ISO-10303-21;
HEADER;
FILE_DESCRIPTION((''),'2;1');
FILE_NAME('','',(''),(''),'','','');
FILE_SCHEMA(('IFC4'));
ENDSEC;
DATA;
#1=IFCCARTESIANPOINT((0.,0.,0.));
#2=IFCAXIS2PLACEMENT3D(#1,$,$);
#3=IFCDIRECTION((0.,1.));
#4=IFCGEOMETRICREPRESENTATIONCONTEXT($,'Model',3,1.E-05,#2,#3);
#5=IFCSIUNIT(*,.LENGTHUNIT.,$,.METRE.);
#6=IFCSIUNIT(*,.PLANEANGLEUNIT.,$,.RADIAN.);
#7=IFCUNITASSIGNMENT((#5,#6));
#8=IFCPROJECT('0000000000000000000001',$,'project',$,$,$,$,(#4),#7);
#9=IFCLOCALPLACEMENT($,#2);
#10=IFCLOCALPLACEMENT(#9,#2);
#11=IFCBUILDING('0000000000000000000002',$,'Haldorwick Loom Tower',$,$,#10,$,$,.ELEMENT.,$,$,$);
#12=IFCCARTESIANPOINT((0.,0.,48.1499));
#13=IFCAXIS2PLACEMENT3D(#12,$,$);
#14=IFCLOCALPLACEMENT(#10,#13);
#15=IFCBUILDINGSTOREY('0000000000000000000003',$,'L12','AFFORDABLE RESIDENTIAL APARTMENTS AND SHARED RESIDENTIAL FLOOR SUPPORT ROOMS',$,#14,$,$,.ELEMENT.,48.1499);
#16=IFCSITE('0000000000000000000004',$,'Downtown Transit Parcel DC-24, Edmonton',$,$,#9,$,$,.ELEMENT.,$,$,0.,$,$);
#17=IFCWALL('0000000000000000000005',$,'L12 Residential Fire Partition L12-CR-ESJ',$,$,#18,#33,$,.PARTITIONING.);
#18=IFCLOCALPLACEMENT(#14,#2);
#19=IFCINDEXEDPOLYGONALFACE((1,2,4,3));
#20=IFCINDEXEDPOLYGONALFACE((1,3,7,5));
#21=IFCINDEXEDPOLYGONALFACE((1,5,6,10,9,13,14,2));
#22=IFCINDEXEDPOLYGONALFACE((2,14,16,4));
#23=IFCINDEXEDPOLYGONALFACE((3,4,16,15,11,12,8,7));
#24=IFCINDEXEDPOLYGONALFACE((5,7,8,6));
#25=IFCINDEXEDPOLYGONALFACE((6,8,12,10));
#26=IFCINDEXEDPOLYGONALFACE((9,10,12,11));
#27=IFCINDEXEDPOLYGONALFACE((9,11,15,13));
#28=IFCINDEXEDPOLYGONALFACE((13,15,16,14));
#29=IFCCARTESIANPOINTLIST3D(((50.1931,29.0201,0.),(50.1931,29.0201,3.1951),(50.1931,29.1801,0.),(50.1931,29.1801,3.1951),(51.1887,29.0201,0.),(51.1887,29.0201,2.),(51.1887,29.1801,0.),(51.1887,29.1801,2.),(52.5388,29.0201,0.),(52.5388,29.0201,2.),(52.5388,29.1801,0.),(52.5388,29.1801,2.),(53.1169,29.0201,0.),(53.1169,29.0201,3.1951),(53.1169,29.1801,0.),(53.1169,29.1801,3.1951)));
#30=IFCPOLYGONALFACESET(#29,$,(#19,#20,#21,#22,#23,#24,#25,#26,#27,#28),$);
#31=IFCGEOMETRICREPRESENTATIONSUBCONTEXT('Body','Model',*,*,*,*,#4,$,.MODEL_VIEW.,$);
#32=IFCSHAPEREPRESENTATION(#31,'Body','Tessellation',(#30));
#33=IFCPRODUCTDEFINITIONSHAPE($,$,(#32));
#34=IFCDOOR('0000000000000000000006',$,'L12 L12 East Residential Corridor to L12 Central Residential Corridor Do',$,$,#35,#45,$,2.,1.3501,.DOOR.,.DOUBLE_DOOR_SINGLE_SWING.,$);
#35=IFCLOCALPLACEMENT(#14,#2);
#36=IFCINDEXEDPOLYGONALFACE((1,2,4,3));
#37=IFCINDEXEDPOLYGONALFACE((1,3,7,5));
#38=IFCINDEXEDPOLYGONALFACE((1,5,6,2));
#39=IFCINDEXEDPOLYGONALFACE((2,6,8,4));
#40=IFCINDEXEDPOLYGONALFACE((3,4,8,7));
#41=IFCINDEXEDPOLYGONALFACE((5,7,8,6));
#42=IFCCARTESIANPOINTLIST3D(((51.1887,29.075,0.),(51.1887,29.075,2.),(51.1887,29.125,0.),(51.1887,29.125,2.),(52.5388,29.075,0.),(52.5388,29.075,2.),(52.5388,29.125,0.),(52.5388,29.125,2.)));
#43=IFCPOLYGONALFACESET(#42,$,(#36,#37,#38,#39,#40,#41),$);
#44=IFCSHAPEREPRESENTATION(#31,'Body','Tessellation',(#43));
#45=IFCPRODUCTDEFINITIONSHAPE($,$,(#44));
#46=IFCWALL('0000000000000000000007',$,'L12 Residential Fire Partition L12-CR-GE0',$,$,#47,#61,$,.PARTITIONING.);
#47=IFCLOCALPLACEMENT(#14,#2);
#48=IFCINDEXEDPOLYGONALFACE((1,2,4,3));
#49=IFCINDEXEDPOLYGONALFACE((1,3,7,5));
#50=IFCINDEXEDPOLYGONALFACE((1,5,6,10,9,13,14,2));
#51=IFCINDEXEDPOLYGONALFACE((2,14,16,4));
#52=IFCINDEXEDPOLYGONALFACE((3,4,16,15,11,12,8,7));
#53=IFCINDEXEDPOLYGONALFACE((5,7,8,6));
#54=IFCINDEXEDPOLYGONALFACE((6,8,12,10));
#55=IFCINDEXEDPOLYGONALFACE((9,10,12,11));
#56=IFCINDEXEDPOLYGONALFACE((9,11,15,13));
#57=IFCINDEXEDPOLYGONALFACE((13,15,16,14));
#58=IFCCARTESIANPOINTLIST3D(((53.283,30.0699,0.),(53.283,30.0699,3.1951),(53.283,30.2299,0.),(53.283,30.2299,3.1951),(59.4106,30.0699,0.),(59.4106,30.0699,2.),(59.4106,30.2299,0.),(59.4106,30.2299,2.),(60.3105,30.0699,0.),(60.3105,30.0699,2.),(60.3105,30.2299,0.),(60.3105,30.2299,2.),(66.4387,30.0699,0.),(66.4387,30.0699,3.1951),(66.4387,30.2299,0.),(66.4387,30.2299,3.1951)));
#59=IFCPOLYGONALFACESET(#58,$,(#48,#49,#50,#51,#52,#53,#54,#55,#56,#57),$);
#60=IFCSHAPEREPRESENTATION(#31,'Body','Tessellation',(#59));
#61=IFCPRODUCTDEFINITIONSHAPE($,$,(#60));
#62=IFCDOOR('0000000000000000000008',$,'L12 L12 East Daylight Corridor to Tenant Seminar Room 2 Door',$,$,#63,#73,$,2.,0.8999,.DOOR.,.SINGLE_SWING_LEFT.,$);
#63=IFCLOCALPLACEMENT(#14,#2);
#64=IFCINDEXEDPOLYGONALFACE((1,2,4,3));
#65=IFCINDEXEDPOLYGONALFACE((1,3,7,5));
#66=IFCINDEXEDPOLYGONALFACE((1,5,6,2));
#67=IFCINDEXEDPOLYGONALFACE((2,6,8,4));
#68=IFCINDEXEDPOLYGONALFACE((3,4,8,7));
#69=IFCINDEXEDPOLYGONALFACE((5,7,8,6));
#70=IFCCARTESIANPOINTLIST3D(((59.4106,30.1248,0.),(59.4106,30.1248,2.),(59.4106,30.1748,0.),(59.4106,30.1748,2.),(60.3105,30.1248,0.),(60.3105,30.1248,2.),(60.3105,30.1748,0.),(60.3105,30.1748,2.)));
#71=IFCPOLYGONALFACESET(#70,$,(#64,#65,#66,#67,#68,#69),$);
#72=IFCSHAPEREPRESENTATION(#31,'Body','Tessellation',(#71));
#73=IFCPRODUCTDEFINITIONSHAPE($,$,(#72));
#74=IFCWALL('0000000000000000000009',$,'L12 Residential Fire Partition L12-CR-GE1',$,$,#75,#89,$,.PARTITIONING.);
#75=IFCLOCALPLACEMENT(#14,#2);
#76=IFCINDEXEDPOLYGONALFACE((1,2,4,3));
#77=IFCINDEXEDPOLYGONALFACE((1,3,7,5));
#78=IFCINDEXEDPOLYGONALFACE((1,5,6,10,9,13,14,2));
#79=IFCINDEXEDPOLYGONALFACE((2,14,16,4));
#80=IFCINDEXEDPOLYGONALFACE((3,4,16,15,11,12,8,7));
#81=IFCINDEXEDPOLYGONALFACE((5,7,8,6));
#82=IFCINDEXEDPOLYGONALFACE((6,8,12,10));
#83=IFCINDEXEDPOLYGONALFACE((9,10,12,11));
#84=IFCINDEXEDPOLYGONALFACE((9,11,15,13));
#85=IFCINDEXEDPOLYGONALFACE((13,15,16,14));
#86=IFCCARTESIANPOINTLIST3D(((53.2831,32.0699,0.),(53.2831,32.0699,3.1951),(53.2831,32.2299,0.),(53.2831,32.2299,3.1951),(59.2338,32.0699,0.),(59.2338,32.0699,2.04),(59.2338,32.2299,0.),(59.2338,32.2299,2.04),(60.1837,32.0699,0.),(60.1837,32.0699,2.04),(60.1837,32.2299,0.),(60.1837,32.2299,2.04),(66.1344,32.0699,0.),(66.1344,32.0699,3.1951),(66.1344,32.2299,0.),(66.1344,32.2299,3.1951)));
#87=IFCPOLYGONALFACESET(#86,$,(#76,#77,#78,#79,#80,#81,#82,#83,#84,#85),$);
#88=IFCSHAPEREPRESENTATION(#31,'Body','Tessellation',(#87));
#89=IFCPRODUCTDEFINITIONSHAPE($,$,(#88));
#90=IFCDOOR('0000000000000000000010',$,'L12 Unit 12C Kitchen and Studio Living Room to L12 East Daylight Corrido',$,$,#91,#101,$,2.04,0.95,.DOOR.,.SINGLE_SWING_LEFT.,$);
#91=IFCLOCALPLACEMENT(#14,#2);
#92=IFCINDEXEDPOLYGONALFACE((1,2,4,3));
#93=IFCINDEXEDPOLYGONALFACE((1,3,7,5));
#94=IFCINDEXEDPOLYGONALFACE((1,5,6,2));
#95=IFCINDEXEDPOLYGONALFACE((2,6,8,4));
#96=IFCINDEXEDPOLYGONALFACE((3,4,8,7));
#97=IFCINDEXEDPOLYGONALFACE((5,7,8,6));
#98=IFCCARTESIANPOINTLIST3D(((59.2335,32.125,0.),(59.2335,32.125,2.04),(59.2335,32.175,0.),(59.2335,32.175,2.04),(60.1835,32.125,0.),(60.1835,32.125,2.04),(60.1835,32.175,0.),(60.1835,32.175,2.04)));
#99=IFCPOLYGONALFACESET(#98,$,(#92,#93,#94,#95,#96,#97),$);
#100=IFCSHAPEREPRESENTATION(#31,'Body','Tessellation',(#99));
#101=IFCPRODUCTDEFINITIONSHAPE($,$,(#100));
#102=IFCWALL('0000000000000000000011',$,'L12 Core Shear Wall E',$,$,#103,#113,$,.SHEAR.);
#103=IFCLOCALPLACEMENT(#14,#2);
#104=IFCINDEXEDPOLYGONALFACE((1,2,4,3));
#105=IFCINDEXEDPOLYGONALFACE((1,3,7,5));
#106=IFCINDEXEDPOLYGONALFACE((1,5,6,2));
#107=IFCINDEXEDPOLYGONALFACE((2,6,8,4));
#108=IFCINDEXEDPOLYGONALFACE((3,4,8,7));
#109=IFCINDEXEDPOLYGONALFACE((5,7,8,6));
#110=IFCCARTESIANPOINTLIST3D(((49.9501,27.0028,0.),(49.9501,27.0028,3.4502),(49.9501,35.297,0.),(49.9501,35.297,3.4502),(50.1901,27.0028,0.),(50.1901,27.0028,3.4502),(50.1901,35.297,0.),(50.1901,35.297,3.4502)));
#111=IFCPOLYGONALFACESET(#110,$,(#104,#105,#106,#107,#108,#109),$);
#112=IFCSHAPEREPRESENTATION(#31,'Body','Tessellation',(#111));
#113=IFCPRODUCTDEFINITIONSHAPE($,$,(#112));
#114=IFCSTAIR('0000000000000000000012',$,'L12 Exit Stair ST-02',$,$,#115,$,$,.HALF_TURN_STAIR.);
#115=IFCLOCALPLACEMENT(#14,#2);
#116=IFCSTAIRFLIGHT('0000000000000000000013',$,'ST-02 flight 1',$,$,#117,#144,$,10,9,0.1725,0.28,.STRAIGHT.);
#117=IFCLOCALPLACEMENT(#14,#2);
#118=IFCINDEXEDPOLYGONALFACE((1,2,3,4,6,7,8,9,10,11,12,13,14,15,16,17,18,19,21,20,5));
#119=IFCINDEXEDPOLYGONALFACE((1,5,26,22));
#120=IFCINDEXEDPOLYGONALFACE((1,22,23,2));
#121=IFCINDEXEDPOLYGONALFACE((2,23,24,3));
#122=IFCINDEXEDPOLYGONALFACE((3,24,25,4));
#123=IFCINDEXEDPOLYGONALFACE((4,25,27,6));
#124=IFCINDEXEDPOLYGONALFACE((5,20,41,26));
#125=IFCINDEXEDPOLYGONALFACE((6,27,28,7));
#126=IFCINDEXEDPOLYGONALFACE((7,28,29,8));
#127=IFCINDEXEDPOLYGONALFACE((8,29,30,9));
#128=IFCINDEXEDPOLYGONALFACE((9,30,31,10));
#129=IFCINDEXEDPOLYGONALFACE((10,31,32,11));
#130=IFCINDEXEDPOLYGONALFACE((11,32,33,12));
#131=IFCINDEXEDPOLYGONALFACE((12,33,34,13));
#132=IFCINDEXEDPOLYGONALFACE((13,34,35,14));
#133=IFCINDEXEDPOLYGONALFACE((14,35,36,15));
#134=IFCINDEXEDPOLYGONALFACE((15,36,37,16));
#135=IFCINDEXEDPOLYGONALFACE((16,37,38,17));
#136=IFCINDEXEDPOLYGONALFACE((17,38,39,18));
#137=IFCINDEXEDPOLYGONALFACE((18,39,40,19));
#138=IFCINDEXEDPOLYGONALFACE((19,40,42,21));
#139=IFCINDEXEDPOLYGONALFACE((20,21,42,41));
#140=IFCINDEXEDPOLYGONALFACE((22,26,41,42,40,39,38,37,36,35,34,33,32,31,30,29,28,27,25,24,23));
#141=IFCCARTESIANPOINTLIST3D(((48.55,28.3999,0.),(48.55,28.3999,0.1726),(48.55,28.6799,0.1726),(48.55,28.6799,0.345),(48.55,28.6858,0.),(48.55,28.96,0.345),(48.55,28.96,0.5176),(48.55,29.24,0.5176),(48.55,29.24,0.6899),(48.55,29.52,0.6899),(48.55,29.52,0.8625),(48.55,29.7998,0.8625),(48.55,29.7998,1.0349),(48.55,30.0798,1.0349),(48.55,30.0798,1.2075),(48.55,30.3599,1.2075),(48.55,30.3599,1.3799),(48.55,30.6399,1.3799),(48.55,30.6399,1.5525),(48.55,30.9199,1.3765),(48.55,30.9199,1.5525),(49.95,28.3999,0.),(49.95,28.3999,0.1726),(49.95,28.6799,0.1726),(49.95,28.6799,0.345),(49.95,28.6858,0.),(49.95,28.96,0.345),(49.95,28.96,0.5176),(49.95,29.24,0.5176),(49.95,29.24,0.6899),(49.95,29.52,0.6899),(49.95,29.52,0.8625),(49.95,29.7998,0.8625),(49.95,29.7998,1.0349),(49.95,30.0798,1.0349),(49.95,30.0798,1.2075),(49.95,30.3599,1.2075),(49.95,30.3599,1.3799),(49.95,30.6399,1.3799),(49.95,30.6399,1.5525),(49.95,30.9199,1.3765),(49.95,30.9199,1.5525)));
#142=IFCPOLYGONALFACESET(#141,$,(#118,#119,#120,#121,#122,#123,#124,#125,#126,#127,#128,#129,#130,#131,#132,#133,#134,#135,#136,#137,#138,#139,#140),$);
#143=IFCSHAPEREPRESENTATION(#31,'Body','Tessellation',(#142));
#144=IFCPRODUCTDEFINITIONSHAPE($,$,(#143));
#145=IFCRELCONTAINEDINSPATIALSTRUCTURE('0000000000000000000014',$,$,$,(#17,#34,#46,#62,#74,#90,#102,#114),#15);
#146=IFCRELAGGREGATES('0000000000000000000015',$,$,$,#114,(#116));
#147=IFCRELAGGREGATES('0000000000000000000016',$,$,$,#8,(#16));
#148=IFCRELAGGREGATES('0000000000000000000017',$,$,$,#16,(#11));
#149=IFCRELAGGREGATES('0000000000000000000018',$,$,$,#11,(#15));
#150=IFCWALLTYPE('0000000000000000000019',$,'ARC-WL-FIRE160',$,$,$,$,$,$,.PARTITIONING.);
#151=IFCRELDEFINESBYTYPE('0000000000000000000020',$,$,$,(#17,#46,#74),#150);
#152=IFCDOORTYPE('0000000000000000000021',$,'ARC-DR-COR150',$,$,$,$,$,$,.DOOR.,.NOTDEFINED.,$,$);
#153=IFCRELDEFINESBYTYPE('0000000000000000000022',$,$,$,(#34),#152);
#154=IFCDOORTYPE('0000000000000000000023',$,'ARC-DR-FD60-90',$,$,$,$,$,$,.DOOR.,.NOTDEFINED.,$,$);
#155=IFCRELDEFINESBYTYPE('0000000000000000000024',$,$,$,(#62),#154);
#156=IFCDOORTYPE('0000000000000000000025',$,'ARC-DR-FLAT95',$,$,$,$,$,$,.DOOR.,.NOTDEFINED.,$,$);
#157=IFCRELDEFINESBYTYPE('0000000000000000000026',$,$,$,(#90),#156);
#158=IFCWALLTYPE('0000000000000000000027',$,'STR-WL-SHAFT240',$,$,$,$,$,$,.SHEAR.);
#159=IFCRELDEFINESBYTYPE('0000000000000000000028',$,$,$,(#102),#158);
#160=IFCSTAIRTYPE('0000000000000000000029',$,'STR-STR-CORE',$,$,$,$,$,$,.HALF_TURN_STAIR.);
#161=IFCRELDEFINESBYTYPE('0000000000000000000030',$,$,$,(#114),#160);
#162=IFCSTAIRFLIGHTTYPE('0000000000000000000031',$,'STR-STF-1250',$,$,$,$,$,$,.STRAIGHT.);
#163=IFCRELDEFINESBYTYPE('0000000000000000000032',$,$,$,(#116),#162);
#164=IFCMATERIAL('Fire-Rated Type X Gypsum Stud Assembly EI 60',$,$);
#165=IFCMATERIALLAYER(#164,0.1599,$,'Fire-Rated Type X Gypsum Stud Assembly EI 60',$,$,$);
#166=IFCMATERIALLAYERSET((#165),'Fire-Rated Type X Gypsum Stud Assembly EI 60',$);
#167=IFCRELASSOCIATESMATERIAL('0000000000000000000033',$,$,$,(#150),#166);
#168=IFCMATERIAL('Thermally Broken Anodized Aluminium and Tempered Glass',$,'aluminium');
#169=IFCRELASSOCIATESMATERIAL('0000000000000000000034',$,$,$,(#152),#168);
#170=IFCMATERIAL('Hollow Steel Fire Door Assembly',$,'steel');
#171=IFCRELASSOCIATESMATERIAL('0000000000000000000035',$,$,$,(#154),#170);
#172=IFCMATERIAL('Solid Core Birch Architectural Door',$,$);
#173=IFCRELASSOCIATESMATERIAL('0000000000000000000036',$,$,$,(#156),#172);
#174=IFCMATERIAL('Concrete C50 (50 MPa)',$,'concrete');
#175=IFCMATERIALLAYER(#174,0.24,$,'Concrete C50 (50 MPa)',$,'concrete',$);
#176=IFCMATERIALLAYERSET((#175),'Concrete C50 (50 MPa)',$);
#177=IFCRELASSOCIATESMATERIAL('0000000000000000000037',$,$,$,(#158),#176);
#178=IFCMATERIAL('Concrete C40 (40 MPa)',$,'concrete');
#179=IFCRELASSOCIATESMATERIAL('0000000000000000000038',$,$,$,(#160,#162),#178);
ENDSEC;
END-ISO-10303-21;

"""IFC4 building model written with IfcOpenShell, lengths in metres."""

from ifc_helpers import new_model, si_unit, direction, frame, frame_2d, origin, place, context, subcontext, project, spatial, polyline, rectangle, outline, extrude, material, layer, layer_set, type_object, element, fill, aggregate, save


model = new_model("IFC4")

# Units and contexts
model_context = context("Model", 3, precision=1e-05, world=origin(), true_north=direction((0.0, 1.0)))
body_context = subcontext(model_context, "Body", "Model", "MODEL_VIEW")
ifc_project = project(units=[si_unit("LENGTHUNIT", "METRE"), si_unit("PLANEANGLEUNIT", "RADIAN")], contexts=[model_context])

# Site, building, storey
site_placement = place(None, origin())
site = spatial("IfcSite", under=ifc_project, at=site_placement, Name="Downtown Transit Parcel DC-24, Edmonton", CompositionType="ELEMENT", RefElevation=0.0)
building_placement = place(site_placement, origin())
building = spatial("IfcBuilding", under=site, at=building_placement, Name="Haldorwick Loom Tower", CompositionType="ELEMENT")
storey_placement = place(building_placement, frame((0.0, 0.0, 48.1499)))
storey = spatial("IfcBuildingStorey", under=building, at=storey_placement, Name="L12", Description="AFFORDABLE RESIDENTIAL APARTMENTS AND SHARED RESIDENTIAL FLOOR SUPPORT ROOMS", CompositionType="ELEMENT", Elevation=48.1499)

# Walls, openings, doors
ifc_material_1 = material(Name="Fire-Rated Type X Gypsum Stud Assembly EI 60")
ifc_layer_1 = layer(ifc_material_1, 0.1599, Name="Fire-Rated Type X Gypsum Stud Assembly EI 60")
ifc_layer_set_1 = layer_set([ifc_layer_1], Name="Fire-Rated Type X Gypsum Stud Assembly EI 60")
wall_type_1 = type_object("IfcWallType", Name="ARC-WL-FIRE160", PredefinedType="PARTITIONING", material=ifc_layer_set_1)
wall_1_placement = place(storey_placement, frame((50.1931, 29.1001, 0.0), z_axis=(0.0, 0.0, 1.0), x_axis=(1.0, 0.0, 0.0)))
wall_1 = element("IfcWall", 1, at=wall_1_placement, inside=storey, type_object=wall_type_1, Name="L12 Residential Fire Partition L12-CR-ESJ", PredefinedType="PARTITIONING", context=body_context, shape_type="SweptSolid", body=[
    extrude(rectangle(XDim=2.9238, YDim=0.1599, at=frame_2d((1.4619, 0.0))), origin(), (0.0, 0.0, 1.0), 3.1951),
])
opening_1_placement = place(wall_1_placement, frame((0.9956, 0.0, 0.0)))
opening_1 = element("IfcOpeningElement", 2, at=opening_1_placement, cuts=wall_1, PredefinedType="OPENING", context=body_context, shape_type="SweptSolid", body=[
    extrude(rectangle(XDim=1.3501, YDim=2.0, at=frame_2d((0.675, 1.0))), frame((0.0, 0.0898, 0.0), z_axis=(0.0, -1.0, 0.0), x_axis=(1.0, 0.0, 0.0)), (0.0, 0.0, 1.0), 0.1799),
])
ifc_material_2 = material(Name="Thermally Broken Anodized Aluminium and Tempered Glass", Category="aluminium")
door_type_1 = type_object("IfcDoorType", Name="ARC-DR-COR150", OperationType="NOTDEFINED", PredefinedType="DOOR", material=ifc_material_2)
door_1_placement = place(opening_1_placement, origin())
door_1 = element("IfcDoor", 3, at=door_1_placement, inside=storey, type_object=door_type_1, Name="L12 L12 East Residential Corridor to L12 Central Residential Corridor Do", OperationType="DOUBLE_DOOR_SINGLE_SWING", OverallHeight=2.0, OverallWidth=1.3501, PredefinedType="DOOR", context=body_context, shape_type="SweptSolid", body=[
    extrude(rectangle(XDim=1.3501, YDim=2.0, at=frame_2d((0.675, 1.0))), frame((0.0, 0.0249, 0.0), z_axis=(0.0, -1.0, 0.0), x_axis=(1.0, 0.0, 0.0)), (0.0, 0.0, 1.0), 0.05),
])
fill(opening_1, door_1)
wall_2_placement = place(storey_placement, frame((53.283, 30.1499, 0.0), z_axis=(0.0, 0.0, 1.0), x_axis=(1.0, 0.0, 0.0)))
wall_2 = element("IfcWall", 4, at=wall_2_placement, inside=storey, type_object=wall_type_1, Name="L12 Residential Fire Partition L12-CR-GE0", PredefinedType="PARTITIONING", context=body_context, shape_type="SweptSolid", body=[
    extrude(rectangle(XDim=13.1558, YDim=0.1599, at=frame_2d((6.5779, 0.0))), origin(), (0.0, 0.0, 1.0), 3.1951),
])
opening_2_placement = place(wall_2_placement, frame((6.1277, 0.0, 0.0)))
opening_2 = element("IfcOpeningElement", 5, at=opening_2_placement, cuts=wall_2, PredefinedType="OPENING", context=body_context, shape_type="SweptSolid", body=[
    extrude(rectangle(XDim=0.8999, YDim=2.0, at=frame_2d((0.45, 1.0))), frame((0.0, 0.0898, 0.0), z_axis=(0.0, -1.0, 0.0), x_axis=(1.0, 0.0, 0.0)), (0.0, 0.0, 1.0), 0.1799),
])
ifc_material_3 = material(Name="Hollow Steel Fire Door Assembly", Category="steel")
door_type_2 = type_object("IfcDoorType", Name="ARC-DR-FD60-90", OperationType="NOTDEFINED", PredefinedType="DOOR", material=ifc_material_3)
door_2_placement = place(opening_2_placement, origin())
door_2 = element("IfcDoor", 6, at=door_2_placement, inside=storey, type_object=door_type_2, Name="L12 L12 East Daylight Corridor to Tenant Seminar Room 2 Door", OperationType="SINGLE_SWING_LEFT", OverallHeight=2.0, OverallWidth=0.8999, PredefinedType="DOOR", context=body_context, shape_type="SweptSolid", body=[
    extrude(rectangle(XDim=0.8999, YDim=2.0, at=frame_2d((0.45, 1.0))), frame((0.0, 0.0249, 0.0), z_axis=(0.0, -1.0, 0.0), x_axis=(1.0, 0.0, 0.0)), (0.0, 0.0, 1.0), 0.05),
])
fill(opening_2, door_2)
wall_3_placement = place(storey_placement, frame((53.283, 32.1499, 0.0), z_axis=(0.0, 0.0, 1.0), x_axis=(1.0, 0.0, 0.0)))
wall_3 = element("IfcWall", 7, at=wall_3_placement, inside=storey, type_object=wall_type_1, Name="L12 Residential Fire Partition L12-CR-GE1", PredefinedType="PARTITIONING", context=body_context, shape_type="SweptSolid", body=[
    extrude(rectangle(XDim=12.8513, YDim=0.1599, at=frame_2d((6.4258, 0.0))), origin(), (0.0, 0.0, 1.0), 3.1951),
])
opening_3_placement = place(wall_3_placement, frame((5.9507, 0.0, 0.0)))
opening_3 = element("IfcOpeningElement", 8, at=opening_3_placement, cuts=wall_3, PredefinedType="OPENING", context=body_context, shape_type="SweptSolid", body=[
    extrude(rectangle(XDim=0.95, YDim=2.04, at=frame_2d((0.4751, 1.02))), frame((0.0, 0.0898, 0.0), z_axis=(0.0, -1.0, 0.0), x_axis=(1.0, 0.0, 0.0)), (0.0, 0.0, 1.0), 0.1799),
])
ifc_material_4 = material(Name="Solid Core Birch Architectural Door")
door_type_3 = type_object("IfcDoorType", Name="ARC-DR-FLAT95", OperationType="NOTDEFINED", PredefinedType="DOOR", material=ifc_material_4)
door_3_placement = place(opening_3_placement, frame((0.95, 0.0, 0.0), z_axis=(0.0, 0.0, 1.0), x_axis=(-1.0, 0.0, 0.0)))
door_3 = element("IfcDoor", 9, at=door_3_placement, inside=storey, type_object=door_type_3, Name="L12 Unit 12C Kitchen and Studio Living Room to L12 East Daylight Corrido", OperationType="SINGLE_SWING_LEFT", OverallHeight=2.04, OverallWidth=0.95, PredefinedType="DOOR", context=body_context, shape_type="SweptSolid", body=[
    extrude(rectangle(XDim=0.95, YDim=2.04, at=frame_2d((0.4751, 1.02))), frame((0.0, 0.0249, 0.0), z_axis=(0.0, -1.0, 0.0), x_axis=(1.0, 0.0, 0.0)), (0.0, 0.0, 1.0), 0.05),
])
fill(opening_3, door_3)

# Wall
ifc_material_5 = material(Name="Concrete C50 (50 MPa)", Category="concrete")
ifc_layer_2 = layer(ifc_material_5, 0.24, Name="Concrete C50 (50 MPa)", Category="concrete")
ifc_layer_set_2 = layer_set([ifc_layer_2], Name="Concrete C50 (50 MPa)")
wall_type_2 = type_object("IfcWallType", Name="STR-WL-SHAFT240", PredefinedType="SHEAR", material=ifc_layer_set_2)
wall_4_placement = place(storey_placement, frame((50.0701, 27.0029, 0.0), z_axis=(0.0, 0.0, 1.0), x_axis=(0.0, 1.0, 0.0)))
element("IfcWall", 10, at=wall_4_placement, inside=storey, type_object=wall_type_2, Name="L12 Core Shear Wall E", PredefinedType="SHEAR", context=body_context, shape_type="SweptSolid", body=[
    extrude(rectangle(XDim=8.2942, YDim=0.24, at=frame_2d((4.147, 0.0))), origin(), (0.0, 0.0, 1.0), 3.4502),
])

# Stair, stair flight
ifc_material_6 = material(Name="Concrete C40 (40 MPa)", Category="concrete")
stair_type = type_object("IfcStairType", Name="STR-STR-CORE", PredefinedType="HALF_TURN_STAIR", material=ifc_material_6)
stair_placement = place(storey_placement, origin())
stair = element("IfcStair", 11, at=stair_placement, inside=storey, type_object=stair_type, Name="L12 Exit Stair ST-02", PredefinedType="HALF_TURN_STAIR")
stair_flight_type = type_object("IfcStairFlightType", Name="STR-STF-1250", PredefinedType="STRAIGHT", material=ifc_material_6)
stair_flight_1_placement = place(storey_placement, frame((49.25, 28.3999, 0.0), z_axis=(0.0, 0.0, 1.0), x_axis=(0.0, 1.0, 0.0)))
stair_flight_1 = element("IfcStairFlight", 12, at=stair_flight_1_placement, type_object=stair_flight_type, Name="ST-02 flight 1", NumberOfRisers=10, NumberOfTreads=9, PredefinedType="STRAIGHT", RiserHeight=0.1725, TreadLength=0.28, context=body_context, shape_type="SweptSolid", body=[
    extrude(outline(polyline([(0.0, 0.0), (0.0, 0.1726), (0.28, 0.1726), (0.28, 0.345), (0.5601, 0.345), (0.5601, 0.5176), (0.8401, 0.5176), (0.8401, 0.6899), (1.1201, 0.6899), (1.1201, 0.8625), (1.3999, 0.8625), (1.3999, 1.0349), (1.6799, 1.0349), (1.6799, 1.2075), (1.96, 1.2075), (1.96, 1.3799), (2.24, 1.3799), (2.24, 1.5525), (2.52, 1.5525), (2.52, 1.7251), (2.52, 1.3765), (0.2859, 0.0), (0.0, 0.0)])), frame((0.0, 0.7, 0.0), z_axis=(0.0, -1.0, 0.0), x_axis=(1.0, 0.0, 0.0)), (0.0, 0.0, 1.0), 1.3999),
])
aggregate(stair, [stair_flight_1])

save(model, "model.ifc")
